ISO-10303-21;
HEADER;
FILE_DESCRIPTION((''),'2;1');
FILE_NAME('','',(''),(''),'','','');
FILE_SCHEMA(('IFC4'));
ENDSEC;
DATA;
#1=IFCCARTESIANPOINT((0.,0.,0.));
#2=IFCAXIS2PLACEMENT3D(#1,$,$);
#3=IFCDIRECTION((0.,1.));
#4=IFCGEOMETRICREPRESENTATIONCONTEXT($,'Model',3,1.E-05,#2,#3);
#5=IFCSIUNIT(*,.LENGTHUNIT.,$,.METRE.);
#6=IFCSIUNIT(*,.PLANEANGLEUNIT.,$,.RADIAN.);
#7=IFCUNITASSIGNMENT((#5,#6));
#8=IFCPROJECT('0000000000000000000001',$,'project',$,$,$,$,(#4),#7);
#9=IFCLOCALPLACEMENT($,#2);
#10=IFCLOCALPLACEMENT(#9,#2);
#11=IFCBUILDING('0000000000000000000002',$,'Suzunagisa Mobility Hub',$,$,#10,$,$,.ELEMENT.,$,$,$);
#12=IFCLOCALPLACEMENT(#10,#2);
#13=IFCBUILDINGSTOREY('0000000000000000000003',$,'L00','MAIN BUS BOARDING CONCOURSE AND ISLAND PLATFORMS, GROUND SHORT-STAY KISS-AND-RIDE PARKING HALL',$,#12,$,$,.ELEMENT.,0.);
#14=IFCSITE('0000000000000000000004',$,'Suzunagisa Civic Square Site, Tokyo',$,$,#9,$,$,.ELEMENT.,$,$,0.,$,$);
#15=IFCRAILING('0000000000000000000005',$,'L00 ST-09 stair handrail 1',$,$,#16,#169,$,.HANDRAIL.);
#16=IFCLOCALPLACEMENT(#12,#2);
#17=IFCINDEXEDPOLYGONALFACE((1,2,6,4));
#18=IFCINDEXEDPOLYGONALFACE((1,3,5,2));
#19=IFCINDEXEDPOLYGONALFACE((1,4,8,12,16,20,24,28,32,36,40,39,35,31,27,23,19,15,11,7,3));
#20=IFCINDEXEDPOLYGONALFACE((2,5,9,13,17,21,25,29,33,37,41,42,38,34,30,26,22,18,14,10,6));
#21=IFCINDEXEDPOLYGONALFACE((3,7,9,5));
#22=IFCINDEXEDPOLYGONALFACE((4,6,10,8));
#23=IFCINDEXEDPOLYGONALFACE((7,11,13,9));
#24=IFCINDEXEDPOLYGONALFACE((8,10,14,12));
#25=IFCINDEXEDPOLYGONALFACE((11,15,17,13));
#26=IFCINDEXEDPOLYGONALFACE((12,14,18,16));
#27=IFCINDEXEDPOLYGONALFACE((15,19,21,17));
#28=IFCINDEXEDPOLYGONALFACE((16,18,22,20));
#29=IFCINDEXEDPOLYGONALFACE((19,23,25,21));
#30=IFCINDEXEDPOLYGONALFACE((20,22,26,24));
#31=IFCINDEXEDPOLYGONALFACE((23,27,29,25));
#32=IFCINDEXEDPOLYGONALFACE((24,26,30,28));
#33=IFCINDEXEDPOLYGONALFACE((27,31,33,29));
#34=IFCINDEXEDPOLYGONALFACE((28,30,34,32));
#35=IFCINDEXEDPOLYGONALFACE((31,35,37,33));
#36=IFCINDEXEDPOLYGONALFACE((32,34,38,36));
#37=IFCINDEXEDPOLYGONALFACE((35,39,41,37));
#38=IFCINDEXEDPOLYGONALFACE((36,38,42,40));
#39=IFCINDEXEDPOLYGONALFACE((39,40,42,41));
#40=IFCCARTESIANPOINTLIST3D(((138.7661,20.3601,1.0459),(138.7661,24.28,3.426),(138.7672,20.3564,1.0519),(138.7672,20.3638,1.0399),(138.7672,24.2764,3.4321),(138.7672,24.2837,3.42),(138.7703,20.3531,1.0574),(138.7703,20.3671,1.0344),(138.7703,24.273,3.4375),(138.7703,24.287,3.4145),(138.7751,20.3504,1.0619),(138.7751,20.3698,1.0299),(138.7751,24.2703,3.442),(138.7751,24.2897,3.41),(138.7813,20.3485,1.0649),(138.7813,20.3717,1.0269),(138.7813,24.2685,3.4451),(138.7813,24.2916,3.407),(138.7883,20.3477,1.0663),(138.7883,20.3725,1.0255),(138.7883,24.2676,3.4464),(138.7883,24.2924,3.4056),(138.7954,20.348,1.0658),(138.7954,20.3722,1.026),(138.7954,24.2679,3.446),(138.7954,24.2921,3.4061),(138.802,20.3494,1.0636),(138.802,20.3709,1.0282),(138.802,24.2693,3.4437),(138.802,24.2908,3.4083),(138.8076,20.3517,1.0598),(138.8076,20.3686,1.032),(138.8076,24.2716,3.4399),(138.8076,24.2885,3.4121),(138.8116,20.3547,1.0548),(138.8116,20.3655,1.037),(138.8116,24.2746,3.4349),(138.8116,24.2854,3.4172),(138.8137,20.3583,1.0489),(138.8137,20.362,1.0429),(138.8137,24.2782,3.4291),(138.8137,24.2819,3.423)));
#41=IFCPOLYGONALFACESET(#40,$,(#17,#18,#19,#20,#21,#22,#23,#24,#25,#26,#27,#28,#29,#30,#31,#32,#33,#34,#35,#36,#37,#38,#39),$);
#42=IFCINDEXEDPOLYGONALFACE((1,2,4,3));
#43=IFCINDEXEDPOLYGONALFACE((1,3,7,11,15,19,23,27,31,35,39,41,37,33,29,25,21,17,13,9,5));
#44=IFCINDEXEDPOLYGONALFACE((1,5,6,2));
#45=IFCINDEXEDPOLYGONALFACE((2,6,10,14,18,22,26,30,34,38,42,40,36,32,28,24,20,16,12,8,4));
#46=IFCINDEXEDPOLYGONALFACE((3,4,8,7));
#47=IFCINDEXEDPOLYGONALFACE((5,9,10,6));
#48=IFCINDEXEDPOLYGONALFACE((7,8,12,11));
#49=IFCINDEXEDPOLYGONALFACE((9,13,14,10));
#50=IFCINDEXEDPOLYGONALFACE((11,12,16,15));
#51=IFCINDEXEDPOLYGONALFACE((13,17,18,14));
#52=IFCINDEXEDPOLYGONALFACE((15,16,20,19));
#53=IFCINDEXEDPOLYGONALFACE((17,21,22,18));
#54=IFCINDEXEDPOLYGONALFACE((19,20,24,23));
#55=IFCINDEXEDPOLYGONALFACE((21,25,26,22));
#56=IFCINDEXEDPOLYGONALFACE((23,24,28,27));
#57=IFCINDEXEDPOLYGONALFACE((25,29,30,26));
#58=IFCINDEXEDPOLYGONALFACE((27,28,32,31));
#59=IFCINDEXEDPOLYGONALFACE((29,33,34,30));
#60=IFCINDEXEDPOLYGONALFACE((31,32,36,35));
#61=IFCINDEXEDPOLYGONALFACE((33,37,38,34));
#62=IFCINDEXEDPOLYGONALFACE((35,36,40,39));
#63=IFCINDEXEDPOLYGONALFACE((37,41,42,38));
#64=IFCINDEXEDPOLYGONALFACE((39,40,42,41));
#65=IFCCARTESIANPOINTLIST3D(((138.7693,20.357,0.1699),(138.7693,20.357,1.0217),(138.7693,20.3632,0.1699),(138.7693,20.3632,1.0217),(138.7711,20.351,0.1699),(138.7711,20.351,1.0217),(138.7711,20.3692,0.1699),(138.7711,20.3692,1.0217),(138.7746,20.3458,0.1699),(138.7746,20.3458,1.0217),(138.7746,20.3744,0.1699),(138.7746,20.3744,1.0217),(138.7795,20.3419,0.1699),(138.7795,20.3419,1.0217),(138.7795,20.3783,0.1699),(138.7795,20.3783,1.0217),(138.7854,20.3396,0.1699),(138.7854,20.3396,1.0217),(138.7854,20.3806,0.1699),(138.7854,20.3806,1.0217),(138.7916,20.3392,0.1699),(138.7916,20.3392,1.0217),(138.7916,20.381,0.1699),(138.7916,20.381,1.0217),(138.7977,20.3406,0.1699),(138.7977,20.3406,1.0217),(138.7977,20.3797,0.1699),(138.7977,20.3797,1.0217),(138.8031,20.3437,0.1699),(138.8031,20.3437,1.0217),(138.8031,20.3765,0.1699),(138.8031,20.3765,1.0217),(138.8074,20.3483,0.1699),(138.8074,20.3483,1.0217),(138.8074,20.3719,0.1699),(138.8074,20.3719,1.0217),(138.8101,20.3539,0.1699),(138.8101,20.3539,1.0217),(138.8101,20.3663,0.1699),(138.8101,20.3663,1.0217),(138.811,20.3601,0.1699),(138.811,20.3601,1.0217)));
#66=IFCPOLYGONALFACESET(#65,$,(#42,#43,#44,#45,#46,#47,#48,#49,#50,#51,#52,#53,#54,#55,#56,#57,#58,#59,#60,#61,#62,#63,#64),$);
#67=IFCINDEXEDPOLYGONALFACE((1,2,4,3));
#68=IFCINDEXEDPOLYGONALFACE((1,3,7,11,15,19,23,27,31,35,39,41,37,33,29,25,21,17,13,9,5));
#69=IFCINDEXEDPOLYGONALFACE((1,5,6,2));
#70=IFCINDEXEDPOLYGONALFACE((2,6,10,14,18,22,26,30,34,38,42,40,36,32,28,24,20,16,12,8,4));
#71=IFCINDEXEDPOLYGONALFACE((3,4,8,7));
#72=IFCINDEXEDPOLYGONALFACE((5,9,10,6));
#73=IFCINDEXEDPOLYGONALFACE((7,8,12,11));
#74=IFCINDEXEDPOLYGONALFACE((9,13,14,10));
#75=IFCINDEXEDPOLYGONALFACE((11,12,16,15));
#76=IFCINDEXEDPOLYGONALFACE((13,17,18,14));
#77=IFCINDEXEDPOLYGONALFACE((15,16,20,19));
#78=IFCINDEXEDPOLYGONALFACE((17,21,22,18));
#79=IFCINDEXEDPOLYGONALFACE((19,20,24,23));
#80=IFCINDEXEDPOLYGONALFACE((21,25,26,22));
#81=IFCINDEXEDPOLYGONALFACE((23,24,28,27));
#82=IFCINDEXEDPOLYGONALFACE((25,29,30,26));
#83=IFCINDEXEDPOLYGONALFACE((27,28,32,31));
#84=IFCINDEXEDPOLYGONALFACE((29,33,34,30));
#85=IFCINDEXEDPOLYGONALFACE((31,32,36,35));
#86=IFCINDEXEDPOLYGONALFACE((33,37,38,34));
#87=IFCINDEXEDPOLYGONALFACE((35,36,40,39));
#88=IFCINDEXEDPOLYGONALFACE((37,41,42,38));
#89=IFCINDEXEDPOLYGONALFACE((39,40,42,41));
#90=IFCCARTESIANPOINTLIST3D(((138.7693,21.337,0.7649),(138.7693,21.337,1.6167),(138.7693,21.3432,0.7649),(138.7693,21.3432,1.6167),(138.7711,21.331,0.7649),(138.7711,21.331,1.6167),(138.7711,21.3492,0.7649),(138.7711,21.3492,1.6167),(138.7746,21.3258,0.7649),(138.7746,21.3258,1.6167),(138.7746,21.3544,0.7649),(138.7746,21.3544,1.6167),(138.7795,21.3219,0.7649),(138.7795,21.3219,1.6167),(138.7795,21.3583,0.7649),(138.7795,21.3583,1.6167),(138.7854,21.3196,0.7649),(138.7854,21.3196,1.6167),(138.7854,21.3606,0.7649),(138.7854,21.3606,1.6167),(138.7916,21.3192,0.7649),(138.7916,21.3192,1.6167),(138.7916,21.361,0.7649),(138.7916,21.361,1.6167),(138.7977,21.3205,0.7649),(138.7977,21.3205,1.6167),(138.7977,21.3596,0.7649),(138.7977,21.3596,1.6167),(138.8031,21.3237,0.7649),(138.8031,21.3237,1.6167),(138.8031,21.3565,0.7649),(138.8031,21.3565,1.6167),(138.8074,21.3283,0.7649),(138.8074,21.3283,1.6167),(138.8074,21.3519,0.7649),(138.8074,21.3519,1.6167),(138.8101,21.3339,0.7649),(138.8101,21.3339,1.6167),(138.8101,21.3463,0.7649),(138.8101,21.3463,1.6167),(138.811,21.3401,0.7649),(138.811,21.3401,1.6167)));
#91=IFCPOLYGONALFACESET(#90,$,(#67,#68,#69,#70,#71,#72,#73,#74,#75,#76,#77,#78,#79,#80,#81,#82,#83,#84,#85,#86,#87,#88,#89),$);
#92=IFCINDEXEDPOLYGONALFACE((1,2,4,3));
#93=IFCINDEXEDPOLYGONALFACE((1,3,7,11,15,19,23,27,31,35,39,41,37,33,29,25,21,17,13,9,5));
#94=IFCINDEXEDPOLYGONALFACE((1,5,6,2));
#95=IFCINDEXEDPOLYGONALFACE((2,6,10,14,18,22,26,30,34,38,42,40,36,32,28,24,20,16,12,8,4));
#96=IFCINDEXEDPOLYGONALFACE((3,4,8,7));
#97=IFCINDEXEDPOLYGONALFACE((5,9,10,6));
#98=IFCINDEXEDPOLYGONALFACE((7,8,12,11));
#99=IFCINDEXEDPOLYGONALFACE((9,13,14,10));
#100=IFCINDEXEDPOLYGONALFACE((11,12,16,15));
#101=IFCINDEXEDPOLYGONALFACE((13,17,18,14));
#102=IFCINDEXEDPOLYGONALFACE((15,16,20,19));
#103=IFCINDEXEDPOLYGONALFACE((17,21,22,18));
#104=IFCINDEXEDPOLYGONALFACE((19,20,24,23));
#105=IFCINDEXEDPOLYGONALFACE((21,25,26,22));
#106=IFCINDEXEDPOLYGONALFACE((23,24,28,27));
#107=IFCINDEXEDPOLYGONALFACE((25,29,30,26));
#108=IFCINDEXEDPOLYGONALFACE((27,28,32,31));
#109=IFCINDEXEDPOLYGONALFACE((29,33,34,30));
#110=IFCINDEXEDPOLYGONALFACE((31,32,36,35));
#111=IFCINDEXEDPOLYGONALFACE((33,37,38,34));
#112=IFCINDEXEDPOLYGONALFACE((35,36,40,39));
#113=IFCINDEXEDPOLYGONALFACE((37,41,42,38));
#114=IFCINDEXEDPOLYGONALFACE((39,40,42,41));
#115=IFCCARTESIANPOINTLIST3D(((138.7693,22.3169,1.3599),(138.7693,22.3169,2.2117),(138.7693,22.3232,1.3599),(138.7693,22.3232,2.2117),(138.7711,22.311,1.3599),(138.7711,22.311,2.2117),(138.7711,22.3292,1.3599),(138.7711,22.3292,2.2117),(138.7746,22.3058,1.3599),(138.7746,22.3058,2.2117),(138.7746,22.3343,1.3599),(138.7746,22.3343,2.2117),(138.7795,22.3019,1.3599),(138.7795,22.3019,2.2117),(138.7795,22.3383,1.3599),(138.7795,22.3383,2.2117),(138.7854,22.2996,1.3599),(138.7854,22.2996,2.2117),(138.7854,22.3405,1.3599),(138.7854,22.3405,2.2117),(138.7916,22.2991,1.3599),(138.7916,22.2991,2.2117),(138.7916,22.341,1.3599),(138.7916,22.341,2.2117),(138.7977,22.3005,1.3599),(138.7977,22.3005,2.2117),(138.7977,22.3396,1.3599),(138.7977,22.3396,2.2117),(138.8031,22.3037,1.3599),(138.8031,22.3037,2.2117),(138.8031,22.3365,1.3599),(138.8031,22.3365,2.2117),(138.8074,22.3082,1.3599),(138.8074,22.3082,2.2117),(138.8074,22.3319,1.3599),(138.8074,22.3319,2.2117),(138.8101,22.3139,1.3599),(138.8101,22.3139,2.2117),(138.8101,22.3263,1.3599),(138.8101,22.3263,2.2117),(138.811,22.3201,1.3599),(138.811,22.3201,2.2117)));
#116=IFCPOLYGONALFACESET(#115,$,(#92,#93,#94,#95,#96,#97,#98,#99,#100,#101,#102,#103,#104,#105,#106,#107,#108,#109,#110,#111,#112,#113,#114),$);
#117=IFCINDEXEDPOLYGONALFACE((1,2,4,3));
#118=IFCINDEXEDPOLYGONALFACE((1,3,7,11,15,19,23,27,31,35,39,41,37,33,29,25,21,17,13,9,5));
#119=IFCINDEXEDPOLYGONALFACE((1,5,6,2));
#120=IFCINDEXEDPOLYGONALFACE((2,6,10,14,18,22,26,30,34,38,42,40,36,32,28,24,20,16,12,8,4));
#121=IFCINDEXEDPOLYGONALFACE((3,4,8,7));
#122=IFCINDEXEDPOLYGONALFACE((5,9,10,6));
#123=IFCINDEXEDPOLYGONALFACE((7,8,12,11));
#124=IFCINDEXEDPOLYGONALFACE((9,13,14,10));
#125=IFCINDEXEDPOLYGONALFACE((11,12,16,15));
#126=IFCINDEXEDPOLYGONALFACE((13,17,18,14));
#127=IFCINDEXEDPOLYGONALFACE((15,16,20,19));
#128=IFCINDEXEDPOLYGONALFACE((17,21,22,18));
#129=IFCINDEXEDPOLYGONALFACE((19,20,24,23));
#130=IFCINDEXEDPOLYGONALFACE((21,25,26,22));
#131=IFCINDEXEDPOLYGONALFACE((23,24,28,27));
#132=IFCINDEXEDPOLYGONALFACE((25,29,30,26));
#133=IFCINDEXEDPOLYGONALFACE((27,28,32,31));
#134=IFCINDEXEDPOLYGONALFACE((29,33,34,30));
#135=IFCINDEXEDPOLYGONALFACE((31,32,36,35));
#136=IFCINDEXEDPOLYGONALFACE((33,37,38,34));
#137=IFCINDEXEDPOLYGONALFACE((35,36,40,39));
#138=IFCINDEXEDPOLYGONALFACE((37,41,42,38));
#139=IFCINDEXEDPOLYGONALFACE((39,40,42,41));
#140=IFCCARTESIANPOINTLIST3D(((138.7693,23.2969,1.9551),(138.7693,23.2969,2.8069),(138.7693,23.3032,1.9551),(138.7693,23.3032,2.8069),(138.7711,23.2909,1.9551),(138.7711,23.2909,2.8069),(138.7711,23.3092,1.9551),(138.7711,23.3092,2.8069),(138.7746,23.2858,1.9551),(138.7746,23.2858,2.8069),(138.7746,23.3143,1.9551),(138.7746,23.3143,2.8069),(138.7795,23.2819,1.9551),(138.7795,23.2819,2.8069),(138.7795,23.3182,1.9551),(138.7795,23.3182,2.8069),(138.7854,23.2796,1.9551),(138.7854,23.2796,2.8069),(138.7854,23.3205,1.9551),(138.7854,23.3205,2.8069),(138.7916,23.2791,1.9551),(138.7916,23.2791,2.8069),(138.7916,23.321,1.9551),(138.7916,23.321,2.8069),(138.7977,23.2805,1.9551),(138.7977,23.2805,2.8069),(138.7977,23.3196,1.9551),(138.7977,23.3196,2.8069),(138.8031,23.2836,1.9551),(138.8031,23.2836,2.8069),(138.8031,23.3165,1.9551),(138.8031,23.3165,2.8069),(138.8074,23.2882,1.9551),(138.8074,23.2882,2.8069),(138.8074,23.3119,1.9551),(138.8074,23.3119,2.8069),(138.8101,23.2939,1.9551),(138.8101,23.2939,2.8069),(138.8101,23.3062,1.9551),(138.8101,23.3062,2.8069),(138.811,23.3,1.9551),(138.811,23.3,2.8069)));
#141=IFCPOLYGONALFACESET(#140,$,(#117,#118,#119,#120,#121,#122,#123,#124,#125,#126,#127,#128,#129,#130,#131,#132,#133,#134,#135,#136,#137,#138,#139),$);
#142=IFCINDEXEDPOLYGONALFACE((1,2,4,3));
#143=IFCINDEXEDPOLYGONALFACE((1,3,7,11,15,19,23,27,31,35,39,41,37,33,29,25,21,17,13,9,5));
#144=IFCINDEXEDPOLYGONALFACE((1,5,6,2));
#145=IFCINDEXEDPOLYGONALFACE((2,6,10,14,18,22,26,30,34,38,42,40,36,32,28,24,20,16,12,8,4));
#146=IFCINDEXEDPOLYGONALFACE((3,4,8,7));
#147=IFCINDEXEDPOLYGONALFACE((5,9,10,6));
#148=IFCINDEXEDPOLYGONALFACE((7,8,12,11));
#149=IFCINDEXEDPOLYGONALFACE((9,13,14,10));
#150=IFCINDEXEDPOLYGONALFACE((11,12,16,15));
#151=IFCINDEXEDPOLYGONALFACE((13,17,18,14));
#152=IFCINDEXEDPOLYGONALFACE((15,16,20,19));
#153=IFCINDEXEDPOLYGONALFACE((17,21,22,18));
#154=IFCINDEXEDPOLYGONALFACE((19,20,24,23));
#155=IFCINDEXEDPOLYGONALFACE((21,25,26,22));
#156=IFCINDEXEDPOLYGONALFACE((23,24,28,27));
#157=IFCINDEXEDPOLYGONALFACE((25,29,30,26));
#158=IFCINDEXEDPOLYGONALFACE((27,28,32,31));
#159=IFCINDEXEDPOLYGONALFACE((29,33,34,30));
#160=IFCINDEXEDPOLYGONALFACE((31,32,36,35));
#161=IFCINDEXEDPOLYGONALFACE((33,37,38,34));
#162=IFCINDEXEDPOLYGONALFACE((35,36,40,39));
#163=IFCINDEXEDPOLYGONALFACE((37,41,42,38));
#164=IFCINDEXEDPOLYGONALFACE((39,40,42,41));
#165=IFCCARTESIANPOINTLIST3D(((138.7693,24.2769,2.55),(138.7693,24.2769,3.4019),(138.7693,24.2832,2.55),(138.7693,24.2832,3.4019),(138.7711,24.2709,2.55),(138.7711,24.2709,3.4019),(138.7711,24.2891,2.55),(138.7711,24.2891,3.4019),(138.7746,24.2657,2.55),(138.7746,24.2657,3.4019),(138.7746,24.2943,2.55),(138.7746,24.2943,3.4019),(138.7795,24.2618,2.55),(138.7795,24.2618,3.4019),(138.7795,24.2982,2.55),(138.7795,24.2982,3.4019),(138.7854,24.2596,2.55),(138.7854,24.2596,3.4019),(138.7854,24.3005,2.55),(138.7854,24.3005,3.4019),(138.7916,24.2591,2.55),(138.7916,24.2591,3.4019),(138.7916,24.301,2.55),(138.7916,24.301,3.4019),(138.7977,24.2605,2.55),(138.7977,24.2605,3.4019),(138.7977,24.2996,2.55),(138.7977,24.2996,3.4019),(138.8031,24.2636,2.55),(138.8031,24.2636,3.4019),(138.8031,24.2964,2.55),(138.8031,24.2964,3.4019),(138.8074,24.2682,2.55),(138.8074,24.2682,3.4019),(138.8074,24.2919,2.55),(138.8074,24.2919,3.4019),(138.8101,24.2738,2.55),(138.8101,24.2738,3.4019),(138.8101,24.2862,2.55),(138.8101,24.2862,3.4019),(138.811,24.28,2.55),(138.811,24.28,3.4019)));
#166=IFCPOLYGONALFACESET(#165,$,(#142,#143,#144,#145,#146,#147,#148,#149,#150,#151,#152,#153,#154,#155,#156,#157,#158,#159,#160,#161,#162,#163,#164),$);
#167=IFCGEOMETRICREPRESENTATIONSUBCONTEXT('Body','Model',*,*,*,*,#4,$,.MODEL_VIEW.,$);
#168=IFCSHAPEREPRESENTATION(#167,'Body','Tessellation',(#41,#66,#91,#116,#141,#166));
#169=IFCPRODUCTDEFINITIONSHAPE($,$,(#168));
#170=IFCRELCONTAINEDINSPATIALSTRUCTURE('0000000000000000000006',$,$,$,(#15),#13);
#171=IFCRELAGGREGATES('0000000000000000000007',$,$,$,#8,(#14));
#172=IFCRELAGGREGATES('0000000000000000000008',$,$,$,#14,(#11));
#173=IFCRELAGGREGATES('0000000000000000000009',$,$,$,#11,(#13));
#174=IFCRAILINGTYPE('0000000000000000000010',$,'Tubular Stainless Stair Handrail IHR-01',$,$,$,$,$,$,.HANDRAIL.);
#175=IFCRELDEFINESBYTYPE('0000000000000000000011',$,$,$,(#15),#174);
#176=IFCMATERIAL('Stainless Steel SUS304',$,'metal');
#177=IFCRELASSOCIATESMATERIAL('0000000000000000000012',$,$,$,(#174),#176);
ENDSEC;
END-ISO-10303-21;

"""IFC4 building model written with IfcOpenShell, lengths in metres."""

from ifc_helpers import new_model, si_unit, direction, frame, origin, origin_2d, place, context, subcontext, project, spatial, circle, extrude, material, type_object, element, save


model = new_model("IFC4")

# Units and contexts
model_context = context("Model", 3, precision=1e-05, world=origin(), true_north=direction((0.0, 1.0)))
body_context = subcontext(model_context, "Body", "Model", "MODEL_VIEW")
ifc_project = project(units=[si_unit("LENGTHUNIT", "METRE"), si_unit("PLANEANGLEUNIT", "RADIAN")], contexts=[model_context])

# Site, building, storey
site_placement = place(None, origin())
site = spatial("IfcSite", under=ifc_project, at=site_placement, Name="Suzunagisa Civic Square Site, Tokyo", CompositionType="ELEMENT", RefElevation=0.0)
building_placement = place(site_placement, origin())
building = spatial("IfcBuilding", under=site, at=building_placement, Name="Suzunagisa Mobility Hub", CompositionType="ELEMENT")
storey_placement = place(building_placement, origin())
storey = spatial("IfcBuildingStorey", under=building, at=storey_placement, Name="L00", Description="MAIN BUS BOARDING CONCOURSE AND ISLAND PLATFORMS, GROUND SHORT-STAY KISS-AND-RIDE PARKING HALL", CompositionType="ELEMENT", Elevation=0.0)

# Railing
ifc_material_1 = material(Name="Stainless Steel SUS304", Category="metal")
railing_type_1 = type_object("IfcRailingType", Name="Tubular Stainless Stair Handrail IHR-01", PredefinedType="HANDRAIL", material=ifc_material_1)
railing_1_placement = place(storey_placement, frame((138.79, 20.3601, 0.1699)))
element("IfcRailing", 1, at=railing_1_placement, inside=storey, type_object=railing_type_1, Name="L00 ST-09 stair handrail 1", PredefinedType="HANDRAIL", context=body_context, shape_type="SweptSolid", body=[
    extrude(circle(Radius=0.0239, at=origin_2d()), frame((0.0, 0.0, 0.876), z_axis=(0.0, 0.854771, 0.519006), x_axis=(-1.0, 0.0, 0.0)), (0.0, 0.0, 1.0), 4.5859),
    extrude(circle(Radius=0.021, at=origin_2d()), origin(), (0.0, 0.0, 1.0), 0.8518),
    extrude(circle(Radius=0.021, at=origin_2d()), frame((0.0, 0.98, 0.595)), (0.0, 0.0, 1.0), 0.8518),
    extrude(circle(Radius=0.021, at=origin_2d()), frame((0.0, 1.96, 1.1899)), (0.0, 0.0, 1.0), 0.8518),
    extrude(circle(Radius=0.021, at=origin_2d()), frame((0.0, 2.9399, 1.7852)), (0.0, 0.0, 1.0), 0.8518),
    extrude(circle(Radius=0.021, at=origin_2d()), frame((0.0, 3.9199, 2.3801)), (0.0, 0.0, 1.0), 0.8518),
])

save(model, "model.ifc")
